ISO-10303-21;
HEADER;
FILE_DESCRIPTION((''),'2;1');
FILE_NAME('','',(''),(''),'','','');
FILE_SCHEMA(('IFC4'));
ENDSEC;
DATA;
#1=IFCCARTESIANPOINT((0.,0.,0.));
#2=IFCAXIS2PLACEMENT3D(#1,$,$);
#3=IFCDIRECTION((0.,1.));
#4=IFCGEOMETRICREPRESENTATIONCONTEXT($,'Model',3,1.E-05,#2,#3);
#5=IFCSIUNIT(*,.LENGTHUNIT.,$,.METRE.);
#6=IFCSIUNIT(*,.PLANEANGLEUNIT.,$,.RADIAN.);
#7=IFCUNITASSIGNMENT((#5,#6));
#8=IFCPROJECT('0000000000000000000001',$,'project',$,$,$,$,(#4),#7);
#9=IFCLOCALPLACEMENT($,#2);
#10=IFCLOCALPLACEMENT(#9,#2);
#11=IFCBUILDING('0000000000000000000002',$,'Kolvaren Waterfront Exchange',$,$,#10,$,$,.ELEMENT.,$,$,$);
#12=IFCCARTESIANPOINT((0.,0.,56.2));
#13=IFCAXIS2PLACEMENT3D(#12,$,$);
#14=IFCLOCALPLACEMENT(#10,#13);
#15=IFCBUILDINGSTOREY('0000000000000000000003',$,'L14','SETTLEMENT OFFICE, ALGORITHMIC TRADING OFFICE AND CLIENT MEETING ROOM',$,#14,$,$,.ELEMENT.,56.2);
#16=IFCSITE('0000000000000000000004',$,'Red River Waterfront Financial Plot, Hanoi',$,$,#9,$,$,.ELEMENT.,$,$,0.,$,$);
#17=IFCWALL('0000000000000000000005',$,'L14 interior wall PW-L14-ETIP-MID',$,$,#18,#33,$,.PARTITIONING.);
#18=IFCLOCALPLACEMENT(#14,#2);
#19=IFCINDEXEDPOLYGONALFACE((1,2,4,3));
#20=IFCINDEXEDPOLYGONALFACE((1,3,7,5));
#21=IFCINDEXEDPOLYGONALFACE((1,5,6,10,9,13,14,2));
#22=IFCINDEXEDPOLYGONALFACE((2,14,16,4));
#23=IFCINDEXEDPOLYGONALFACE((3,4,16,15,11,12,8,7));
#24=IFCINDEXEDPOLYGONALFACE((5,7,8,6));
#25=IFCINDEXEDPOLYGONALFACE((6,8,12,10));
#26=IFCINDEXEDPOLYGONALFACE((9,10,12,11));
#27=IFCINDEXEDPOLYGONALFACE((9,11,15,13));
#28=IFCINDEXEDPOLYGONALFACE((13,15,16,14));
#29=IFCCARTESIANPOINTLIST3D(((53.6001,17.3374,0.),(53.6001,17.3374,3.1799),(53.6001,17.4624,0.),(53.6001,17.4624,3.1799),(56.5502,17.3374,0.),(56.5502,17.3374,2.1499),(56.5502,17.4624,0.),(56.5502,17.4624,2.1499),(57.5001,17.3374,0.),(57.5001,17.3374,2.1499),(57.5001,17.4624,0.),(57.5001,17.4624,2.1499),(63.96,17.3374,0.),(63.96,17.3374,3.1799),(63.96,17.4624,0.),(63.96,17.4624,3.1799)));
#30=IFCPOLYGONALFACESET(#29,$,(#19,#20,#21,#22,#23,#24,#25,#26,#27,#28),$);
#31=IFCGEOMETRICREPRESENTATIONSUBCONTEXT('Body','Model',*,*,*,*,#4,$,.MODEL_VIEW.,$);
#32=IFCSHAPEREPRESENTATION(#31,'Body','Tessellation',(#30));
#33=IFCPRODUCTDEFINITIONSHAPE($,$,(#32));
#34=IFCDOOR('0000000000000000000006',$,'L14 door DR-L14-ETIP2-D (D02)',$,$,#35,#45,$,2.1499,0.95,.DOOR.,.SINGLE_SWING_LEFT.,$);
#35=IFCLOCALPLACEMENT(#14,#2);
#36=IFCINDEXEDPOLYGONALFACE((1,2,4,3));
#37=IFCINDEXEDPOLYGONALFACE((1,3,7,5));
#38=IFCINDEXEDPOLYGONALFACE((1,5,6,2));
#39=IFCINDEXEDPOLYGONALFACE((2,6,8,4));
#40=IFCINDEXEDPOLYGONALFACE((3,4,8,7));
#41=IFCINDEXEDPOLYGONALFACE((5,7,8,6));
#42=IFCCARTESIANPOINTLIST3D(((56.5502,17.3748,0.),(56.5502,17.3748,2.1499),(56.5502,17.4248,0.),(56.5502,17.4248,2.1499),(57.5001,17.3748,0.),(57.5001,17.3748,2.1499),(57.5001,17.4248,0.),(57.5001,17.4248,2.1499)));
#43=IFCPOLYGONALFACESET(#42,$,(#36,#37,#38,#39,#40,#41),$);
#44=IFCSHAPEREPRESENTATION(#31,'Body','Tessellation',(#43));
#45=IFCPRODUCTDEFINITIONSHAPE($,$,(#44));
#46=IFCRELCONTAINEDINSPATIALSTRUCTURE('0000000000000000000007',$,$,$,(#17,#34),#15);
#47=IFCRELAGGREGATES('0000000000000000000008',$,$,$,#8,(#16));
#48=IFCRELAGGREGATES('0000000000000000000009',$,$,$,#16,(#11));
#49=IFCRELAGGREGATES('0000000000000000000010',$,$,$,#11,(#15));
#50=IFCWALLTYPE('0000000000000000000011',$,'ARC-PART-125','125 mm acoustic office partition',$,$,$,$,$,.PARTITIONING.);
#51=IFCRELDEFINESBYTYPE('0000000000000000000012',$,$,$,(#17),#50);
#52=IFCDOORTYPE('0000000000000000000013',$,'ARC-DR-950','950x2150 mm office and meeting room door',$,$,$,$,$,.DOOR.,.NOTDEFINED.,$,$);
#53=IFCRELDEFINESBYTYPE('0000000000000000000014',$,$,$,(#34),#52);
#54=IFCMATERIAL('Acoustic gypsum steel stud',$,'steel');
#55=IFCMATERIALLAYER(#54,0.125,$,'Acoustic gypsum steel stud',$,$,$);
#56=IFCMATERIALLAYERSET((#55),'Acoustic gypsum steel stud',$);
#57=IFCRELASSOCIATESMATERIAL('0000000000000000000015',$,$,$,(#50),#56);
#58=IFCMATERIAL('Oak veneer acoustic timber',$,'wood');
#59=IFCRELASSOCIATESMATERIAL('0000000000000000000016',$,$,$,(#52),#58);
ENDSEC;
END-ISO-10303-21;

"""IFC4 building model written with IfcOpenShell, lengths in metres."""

from ifc_helpers import new_model, si_unit, direction, frame, frame_2d, origin, place, context, subcontext, project, spatial, rectangle, extrude, material, layer, layer_set, type_object, element, fill, save


model = new_model("IFC4")

# Units and contexts
model_context = context("Model", 3, precision=1e-05, world=origin(), true_north=direction((0.0, 1.0)))
body_context = subcontext(model_context, "Body", "Model", "MODEL_VIEW")
ifc_project = project(units=[si_unit("LENGTHUNIT", "METRE"), si_unit("PLANEANGLEUNIT", "RADIAN")], contexts=[model_context])

# Site, building, storey
site_placement = place(None, origin())
site = spatial("IfcSite", under=ifc_project, at=site_placement, Name="Red River Waterfront Financial Plot, Hanoi", CompositionType="ELEMENT", RefElevation=0.0)
building_placement = place(site_placement, origin())
building = spatial("IfcBuilding", under=site, at=building_placement, Name="Kolvaren Waterfront Exchange", CompositionType="ELEMENT")
storey_placement = place(building_placement, frame((0.0, 0.0, 56.2)))
storey = spatial("IfcBuildingStorey", under=building, at=storey_placement, Name="L14", Description="SETTLEMENT OFFICE, ALGORITHMIC TRADING OFFICE AND CLIENT MEETING ROOM", CompositionType="ELEMENT", Elevation=56.2)

# Wall, opening, door
ifc_material_1 = material(Name="Acoustic gypsum steel stud", Category="steel")
ifc_layer_1 = layer(ifc_material_1, 0.125, Name="Acoustic gypsum steel stud")
ifc_layer_set_1 = layer_set([ifc_layer_1], Name="Acoustic gypsum steel stud")
wall_type_1 = type_object("IfcWallType", Name="ARC-PART-125", Description="125 mm acoustic office partition", PredefinedType="PARTITIONING", material=ifc_layer_set_1)
wall_1_placement = place(storey_placement, frame((53.6001, 17.3999, 0.0), z_axis=(0.0, 0.0, 1.0), x_axis=(1.0, 0.0, 0.0)))
wall_1 = element("IfcWall", 1, at=wall_1_placement, inside=storey, type_object=wall_type_1, Name="L14 interior wall PW-L14-ETIP-MID", PredefinedType="PARTITIONING", context=body_context, shape_type="SweptSolid", body=[
    extrude(rectangle(XDim=10.3599, YDim=0.125, at=frame_2d((5.1799, 0.0))), origin(), (0.0, 0.0, 1.0), 3.1799),
])
opening_placement = place(wall_1_placement, frame((2.95, 0.0, 0.0)))
opening = element("IfcOpeningElement", 2, at=opening_placement, cuts=wall_1, PredefinedType="OPENING", context=body_context, shape_type="SweptSolid", body=[
    extrude(rectangle(XDim=0.95, YDim=2.1499, at=frame_2d((0.4751, 1.075))), frame((0.0, 0.0725, 0.0), z_axis=(0.0, -1.0, 0.0), x_axis=(1.0, 0.0, 0.0)), (0.0, 0.0, 1.0), 0.145),
])
ifc_material_2 = material(Name="Oak veneer acoustic timber", Category="wood")
door_type = type_object("IfcDoorType", Name="ARC-DR-950", Description="950x2150 mm office and meeting room door", OperationType="NOTDEFINED", PredefinedType="DOOR", material=ifc_material_2)
door_placement = place(opening_placement, origin())
door = element("IfcDoor", 3, at=door_placement, inside=storey, type_object=door_type, Name="L14 door DR-L14-ETIP2-D (D02)", OperationType="SINGLE_SWING_LEFT", OverallHeight=2.1499, OverallWidth=0.95, PredefinedType="DOOR", context=body_context, shape_type="SweptSolid", body=[
    extrude(rectangle(XDim=0.95, YDim=2.1499, at=frame_2d((0.4751, 1.075))), frame((0.0, 0.0249, 0.0), z_axis=(0.0, -1.0, 0.0), x_axis=(1.0, 0.0, 0.0)), (0.0, 0.0, 1.0), 0.05),
])
fill(opening, door)

save(model, "model.ifc")
